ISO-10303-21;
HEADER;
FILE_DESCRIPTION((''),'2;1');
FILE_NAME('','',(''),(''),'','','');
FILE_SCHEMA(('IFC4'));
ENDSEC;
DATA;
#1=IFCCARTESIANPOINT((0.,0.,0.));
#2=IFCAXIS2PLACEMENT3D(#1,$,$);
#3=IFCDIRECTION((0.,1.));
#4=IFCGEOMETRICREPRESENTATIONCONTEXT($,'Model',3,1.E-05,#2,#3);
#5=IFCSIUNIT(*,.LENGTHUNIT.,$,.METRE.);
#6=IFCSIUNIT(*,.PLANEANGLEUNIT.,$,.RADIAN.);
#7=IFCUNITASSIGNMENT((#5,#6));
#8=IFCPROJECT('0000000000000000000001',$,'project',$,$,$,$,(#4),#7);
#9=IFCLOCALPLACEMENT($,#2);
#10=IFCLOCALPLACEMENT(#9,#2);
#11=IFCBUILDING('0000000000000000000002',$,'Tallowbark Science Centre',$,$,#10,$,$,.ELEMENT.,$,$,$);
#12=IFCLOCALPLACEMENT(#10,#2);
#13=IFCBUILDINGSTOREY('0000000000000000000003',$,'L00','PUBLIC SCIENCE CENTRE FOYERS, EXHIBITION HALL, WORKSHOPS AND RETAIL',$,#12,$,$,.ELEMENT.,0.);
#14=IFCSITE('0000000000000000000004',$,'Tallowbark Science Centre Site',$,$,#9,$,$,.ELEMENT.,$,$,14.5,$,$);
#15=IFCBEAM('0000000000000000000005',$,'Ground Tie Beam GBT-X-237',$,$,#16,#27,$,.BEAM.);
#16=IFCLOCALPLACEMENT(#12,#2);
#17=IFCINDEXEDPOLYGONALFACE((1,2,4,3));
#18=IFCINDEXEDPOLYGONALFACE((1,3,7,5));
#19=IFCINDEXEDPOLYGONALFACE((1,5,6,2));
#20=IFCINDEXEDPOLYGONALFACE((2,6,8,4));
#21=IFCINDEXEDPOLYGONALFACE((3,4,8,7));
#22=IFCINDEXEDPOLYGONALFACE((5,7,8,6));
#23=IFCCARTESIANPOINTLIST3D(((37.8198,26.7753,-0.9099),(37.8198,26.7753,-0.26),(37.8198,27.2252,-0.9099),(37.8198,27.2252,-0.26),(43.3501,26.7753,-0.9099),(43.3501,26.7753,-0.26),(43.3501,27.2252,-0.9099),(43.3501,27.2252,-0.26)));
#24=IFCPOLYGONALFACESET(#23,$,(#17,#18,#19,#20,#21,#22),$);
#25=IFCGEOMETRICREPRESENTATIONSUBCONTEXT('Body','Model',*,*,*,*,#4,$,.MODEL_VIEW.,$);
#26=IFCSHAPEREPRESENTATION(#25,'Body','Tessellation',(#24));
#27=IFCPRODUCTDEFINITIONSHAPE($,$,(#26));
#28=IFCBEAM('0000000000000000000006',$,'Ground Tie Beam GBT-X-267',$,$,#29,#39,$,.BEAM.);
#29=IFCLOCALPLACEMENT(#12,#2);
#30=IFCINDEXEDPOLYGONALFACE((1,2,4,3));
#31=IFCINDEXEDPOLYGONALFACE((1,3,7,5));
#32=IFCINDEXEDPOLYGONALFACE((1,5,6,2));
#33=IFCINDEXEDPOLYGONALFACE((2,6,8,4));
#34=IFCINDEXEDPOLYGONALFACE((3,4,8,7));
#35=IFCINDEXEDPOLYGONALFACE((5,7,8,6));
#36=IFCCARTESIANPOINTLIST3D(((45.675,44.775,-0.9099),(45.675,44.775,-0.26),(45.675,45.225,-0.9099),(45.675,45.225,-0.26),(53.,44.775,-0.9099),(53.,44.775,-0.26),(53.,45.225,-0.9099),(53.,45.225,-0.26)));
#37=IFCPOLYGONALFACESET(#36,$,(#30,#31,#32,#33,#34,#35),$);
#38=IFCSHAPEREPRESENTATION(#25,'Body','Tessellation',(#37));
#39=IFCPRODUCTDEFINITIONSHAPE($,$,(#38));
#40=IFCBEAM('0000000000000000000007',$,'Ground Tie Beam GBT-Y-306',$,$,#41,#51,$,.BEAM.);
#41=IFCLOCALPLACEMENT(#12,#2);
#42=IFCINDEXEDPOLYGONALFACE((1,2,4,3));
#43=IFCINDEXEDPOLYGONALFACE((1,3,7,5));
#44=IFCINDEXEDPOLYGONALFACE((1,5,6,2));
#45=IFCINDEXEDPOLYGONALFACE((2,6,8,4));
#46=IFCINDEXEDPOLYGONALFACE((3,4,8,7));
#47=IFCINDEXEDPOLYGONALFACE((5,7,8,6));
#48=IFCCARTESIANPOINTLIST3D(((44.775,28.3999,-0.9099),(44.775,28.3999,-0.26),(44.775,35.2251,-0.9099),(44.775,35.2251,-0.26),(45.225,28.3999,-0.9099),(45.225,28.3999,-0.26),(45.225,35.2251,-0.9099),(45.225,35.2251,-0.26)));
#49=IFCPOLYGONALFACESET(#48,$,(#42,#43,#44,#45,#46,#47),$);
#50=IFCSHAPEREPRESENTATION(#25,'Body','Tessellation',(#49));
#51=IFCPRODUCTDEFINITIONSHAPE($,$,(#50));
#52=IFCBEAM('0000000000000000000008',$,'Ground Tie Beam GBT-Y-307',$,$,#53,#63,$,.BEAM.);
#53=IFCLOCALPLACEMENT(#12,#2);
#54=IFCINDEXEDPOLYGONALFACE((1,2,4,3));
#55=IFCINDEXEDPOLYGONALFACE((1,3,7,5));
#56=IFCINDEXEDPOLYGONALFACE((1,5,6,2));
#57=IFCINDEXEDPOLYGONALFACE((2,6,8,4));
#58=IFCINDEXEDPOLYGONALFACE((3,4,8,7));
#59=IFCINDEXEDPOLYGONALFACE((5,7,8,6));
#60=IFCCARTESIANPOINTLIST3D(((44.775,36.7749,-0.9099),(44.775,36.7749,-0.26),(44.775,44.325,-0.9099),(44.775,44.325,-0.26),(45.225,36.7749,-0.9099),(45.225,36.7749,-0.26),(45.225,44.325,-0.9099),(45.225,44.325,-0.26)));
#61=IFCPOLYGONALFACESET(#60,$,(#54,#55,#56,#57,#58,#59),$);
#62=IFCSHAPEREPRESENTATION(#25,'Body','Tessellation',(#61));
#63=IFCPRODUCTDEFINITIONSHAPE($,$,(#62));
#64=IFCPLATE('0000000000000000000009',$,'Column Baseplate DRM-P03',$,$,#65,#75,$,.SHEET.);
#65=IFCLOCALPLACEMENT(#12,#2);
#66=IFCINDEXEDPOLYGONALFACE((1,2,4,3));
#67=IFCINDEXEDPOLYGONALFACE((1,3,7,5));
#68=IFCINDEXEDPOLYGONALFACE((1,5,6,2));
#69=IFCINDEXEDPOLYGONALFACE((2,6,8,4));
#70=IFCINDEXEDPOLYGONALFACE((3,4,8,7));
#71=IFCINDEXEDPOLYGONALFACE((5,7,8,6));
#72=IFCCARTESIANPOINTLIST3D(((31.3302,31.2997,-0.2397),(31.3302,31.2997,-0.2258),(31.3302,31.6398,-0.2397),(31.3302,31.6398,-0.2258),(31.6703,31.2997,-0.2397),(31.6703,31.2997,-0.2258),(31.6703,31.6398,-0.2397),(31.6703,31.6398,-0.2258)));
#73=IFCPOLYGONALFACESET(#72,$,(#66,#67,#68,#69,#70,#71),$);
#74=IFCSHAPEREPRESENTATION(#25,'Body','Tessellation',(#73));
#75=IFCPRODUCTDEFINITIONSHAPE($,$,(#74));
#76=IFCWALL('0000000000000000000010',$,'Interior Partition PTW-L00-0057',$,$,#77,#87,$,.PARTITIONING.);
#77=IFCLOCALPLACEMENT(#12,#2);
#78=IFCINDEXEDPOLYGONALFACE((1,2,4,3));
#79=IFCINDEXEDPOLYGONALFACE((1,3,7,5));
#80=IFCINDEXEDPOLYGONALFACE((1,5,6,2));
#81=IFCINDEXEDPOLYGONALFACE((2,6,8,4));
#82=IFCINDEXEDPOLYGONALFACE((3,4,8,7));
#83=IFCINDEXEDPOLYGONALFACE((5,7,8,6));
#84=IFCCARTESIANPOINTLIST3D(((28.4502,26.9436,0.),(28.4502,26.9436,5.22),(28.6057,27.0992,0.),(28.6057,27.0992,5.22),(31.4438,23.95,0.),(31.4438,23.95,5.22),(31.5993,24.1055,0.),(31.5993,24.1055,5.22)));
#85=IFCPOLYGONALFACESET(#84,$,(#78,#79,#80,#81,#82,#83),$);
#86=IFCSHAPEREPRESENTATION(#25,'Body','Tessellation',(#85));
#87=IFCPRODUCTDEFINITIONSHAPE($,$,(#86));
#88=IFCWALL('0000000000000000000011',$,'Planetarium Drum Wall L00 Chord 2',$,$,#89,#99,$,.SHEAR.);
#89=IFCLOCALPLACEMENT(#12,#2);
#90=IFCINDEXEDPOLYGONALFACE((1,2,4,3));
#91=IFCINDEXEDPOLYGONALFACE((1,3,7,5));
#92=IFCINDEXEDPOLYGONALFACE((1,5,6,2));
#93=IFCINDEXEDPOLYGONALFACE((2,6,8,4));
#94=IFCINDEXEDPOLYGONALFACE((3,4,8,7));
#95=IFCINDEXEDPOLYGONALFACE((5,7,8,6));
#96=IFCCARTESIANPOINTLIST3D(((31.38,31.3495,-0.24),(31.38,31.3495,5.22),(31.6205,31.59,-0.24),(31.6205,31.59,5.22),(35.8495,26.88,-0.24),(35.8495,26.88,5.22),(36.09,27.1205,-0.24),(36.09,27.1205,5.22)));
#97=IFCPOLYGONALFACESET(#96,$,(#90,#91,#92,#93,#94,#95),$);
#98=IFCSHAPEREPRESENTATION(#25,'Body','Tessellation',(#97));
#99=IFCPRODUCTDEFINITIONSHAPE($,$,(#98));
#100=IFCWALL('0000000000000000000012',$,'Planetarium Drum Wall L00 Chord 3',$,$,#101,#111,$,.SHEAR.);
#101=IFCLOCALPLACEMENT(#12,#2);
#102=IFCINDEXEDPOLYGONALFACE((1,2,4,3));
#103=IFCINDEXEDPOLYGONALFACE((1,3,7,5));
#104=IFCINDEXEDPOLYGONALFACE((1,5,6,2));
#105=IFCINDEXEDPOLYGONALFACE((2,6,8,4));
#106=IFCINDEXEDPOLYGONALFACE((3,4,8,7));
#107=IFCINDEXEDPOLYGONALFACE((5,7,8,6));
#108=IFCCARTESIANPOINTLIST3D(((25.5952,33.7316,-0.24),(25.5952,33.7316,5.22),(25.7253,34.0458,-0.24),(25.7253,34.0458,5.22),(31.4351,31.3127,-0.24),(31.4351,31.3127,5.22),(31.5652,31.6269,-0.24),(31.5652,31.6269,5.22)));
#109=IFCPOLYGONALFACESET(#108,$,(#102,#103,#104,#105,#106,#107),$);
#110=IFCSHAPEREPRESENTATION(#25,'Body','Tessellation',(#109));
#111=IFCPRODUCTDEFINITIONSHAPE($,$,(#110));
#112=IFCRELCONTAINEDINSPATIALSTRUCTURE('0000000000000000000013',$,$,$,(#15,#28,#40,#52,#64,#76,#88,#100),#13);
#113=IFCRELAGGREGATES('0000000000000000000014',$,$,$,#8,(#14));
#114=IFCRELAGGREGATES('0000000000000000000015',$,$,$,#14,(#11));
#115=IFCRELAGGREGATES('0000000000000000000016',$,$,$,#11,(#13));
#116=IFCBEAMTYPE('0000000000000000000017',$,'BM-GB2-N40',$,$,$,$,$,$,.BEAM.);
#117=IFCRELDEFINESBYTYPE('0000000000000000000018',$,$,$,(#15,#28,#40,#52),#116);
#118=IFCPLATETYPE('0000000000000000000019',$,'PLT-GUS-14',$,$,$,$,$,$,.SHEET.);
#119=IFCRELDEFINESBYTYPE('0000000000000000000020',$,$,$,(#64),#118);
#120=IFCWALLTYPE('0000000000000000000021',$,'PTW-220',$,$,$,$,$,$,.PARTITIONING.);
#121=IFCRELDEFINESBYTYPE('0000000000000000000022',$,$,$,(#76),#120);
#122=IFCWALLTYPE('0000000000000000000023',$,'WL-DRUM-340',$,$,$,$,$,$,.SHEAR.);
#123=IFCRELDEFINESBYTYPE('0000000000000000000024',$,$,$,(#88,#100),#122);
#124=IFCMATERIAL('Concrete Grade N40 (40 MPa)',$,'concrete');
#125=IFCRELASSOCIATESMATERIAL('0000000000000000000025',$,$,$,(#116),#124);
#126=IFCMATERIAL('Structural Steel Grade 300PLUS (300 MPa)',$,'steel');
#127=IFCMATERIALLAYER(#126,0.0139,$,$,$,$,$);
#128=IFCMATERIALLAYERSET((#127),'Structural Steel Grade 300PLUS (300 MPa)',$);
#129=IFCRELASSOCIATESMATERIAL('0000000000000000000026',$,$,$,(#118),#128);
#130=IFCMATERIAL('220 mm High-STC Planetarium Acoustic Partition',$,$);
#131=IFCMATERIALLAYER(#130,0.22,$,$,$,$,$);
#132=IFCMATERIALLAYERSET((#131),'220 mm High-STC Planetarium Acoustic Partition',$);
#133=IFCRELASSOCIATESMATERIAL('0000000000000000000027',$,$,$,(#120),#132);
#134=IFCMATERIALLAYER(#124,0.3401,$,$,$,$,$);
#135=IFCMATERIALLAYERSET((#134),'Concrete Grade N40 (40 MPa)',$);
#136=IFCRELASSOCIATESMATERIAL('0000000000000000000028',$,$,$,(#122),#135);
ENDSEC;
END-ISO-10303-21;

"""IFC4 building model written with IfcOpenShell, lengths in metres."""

from ifc_helpers import new_model, si_unit, direction, frame, frame_2d, origin, origin_2d, place, context, subcontext, project, spatial, rectangle, extrude, material, layer, layer_set, material_profile, profile_set, type_object, element, save


model = new_model("IFC4")

# Units and contexts
model_context = context("Model", 3, precision=1e-05, world=origin(), true_north=direction((0.0, 1.0)))
body_context = subcontext(model_context, "Body", "Model", "MODEL_VIEW")
ifc_project = project(units=[si_unit("LENGTHUNIT", "METRE"), si_unit("PLANEANGLEUNIT", "RADIAN")], contexts=[model_context])

# Site, building, storey
site_placement = place(None, origin())
site = spatial("IfcSite", under=ifc_project, at=site_placement, Name="Tallowbark Science Centre Site", CompositionType="ELEMENT", RefElevation=14.5)
building_placement = place(site_placement, origin())
building = spatial("IfcBuilding", under=site, at=building_placement, Name="Tallowbark Science Centre", CompositionType="ELEMENT")
storey_placement = place(building_placement, origin())
storey = spatial("IfcBuildingStorey", under=building, at=storey_placement, Name="L00", Description="PUBLIC SCIENCE CENTRE FOYERS, EXHIBITION HALL, WORKSHOPS AND RETAIL", CompositionType="ELEMENT", Elevation=0.0)

# Shared definitions
ifc_material_1 = material(Name="Concrete Grade N40 (40 MPa)", Category="concrete")

# Shared definitions
ifc_material_2 = material(Name="Structural Steel Grade 300PLUS (300 MPa)", Category="steel")

# Beams
ifc_material_profile_1 = material_profile(ifc_material_1, rectangle(XDim=0.45, YDim=0.6499, at=origin_2d()), Name="RC450x650")
ifc_profile_set_1 = profile_set([ifc_material_profile_1], Name="Concrete Grade N40 (40 MPa)")
beam_type = type_object("IfcBeamType", Name="BM-GB2-N40", PredefinedType="BEAM", material=ifc_profile_set_1)
beam_1_placement = place(storey_placement, frame((37.8198, 27.0002, -0.585), z_axis=(1.0, 0.0, 0.0), x_axis=(0.0, 1.0, 0.0)))
element("IfcBeam", 1, at=beam_1_placement, inside=storey, type_object=beam_type, Name="Ground Tie Beam GBT-X-237", PredefinedType="BEAM", context=body_context, shape_type="SweptSolid", body=[
    extrude(rectangle(XDim=0.45, YDim=0.6499, at=origin_2d()), origin(), (0.0, 0.0, 1.0), 5.5303),
])
beam_2_placement = place(storey_placement, frame((45.675, 45.0, -0.585), z_axis=(1.0, 0.0, 0.0), x_axis=(0.0, 1.0, 0.0)))
element("IfcBeam", 2, at=beam_2_placement, inside=storey, type_object=beam_type, Name="Ground Tie Beam GBT-X-267", PredefinedType="BEAM", context=body_context, shape_type="SweptSolid", body=[
    extrude(rectangle(XDim=0.45, YDim=0.6499, at=origin_2d()), origin(), (0.0, 0.0, 1.0), 7.325),
])
beam_3_placement = place(storey_placement, frame((45.0, 28.3999, -0.585), z_axis=(0.0, 1.0, 0.0), x_axis=(-1.0, 0.0, 0.0)))
element("IfcBeam", 3, at=beam_3_placement, inside=storey, type_object=beam_type, Name="Ground Tie Beam GBT-Y-306", PredefinedType="BEAM", context=body_context, shape_type="SweptSolid", body=[
    extrude(rectangle(XDim=0.45, YDim=0.6499, at=origin_2d()), origin(), (0.0, 0.0, 1.0), 6.8252),
])
beam_4_placement = place(storey_placement, frame((45.0, 36.7749, -0.585), z_axis=(0.0, 1.0, 0.0), x_axis=(-1.0, 0.0, 0.0)))
element("IfcBeam", 4, at=beam_4_placement, inside=storey, type_object=beam_type, Name="Ground Tie Beam GBT-Y-307", PredefinedType="BEAM", context=body_context, shape_type="SweptSolid", body=[
    extrude(rectangle(XDim=0.45, YDim=0.6499, at=origin_2d()), origin(), (0.0, 0.0, 1.0), 7.55),
])

# Plate
ifc_layer_1 = layer(ifc_material_2, 0.0139)
ifc_layer_set_1 = layer_set([ifc_layer_1], Name="Structural Steel Grade 300PLUS (300 MPa)")
plate_type = type_object("IfcPlateType", Name="PLT-GUS-14", PredefinedType="SHEET", material=ifc_layer_set_1)
plate_placement = place(storey_placement, frame((31.5002, 31.4697, -0.2397), z_axis=(0.0, 0.0, 1.0), x_axis=(1.0, 0.0, 0.0)))
element("IfcPlate", 5, at=plate_placement, inside=storey, type_object=plate_type, Name="Column Baseplate DRM-P03", PredefinedType="SHEET", context=body_context, shape_type="SweptSolid", body=[
    extrude(rectangle(XDim=0.3401, YDim=0.3401, at=origin_2d()), origin(), (0.0, 0.0, 1.0), 0.0139),
])

# Walls
ifc_material_3 = material(Name="220 mm High-STC Planetarium Acoustic Partition")
ifc_layer_2 = layer(ifc_material_3, 0.22)
ifc_layer_set_2 = layer_set([ifc_layer_2], Name="220 mm High-STC Planetarium Acoustic Partition")
wall_type_1 = type_object("IfcWallType", Name="PTW-220", PredefinedType="PARTITIONING", material=ifc_layer_set_2)
wall_1_placement = place(storey_placement, frame((31.5215, 24.0278, 0.0), z_axis=(0.0, 0.0, 1.0), x_axis=(-0.707107, 0.707107, 0.0)))
element("IfcWall", 6, at=wall_1_placement, inside=storey, type_object=wall_type_1, Name="Interior Partition PTW-L00-0057", PredefinedType="PARTITIONING", context=body_context, shape_type="SweptSolid", body=[
    extrude(rectangle(XDim=4.2336, YDim=0.22, at=frame_2d((2.1167, 0.0))), origin(), (0.0, 0.0, 1.0), 5.22),
])
ifc_layer_3 = layer(ifc_material_1, 0.3401)
ifc_layer_set_3 = layer_set([ifc_layer_3], Name="Concrete Grade N40 (40 MPa)")
wall_type_2 = type_object("IfcWallType", Name="WL-DRUM-340", PredefinedType="SHEAR", material=ifc_layer_set_3)
wall_2_placement = place(storey_placement, frame((35.9697, 27.0002, -0.24), z_axis=(0.0, 0.0, 1.0), x_axis=(-0.707107, 0.707107, 0.0)))
element("IfcWall", 7, at=wall_2_placement, inside=storey, type_object=wall_type_2, Name="Planetarium Drum Wall L00 Chord 2", PredefinedType="SHEAR", context=body_context, shape_type="SweptSolid", body=[
    extrude(rectangle(XDim=6.3208, YDim=0.3401, at=frame_2d((3.1604, 0.0))), origin(), (0.0, 0.0, 1.0), 5.46),
])
wall_3_placement = place(storey_placement, frame((31.5002, 31.4697, -0.24), z_axis=(0.0, 0.0, 1.0), x_axis=(-0.923879, 0.382684, 0.0)))
element("IfcWall", 8, at=wall_3_placement, inside=storey, type_object=wall_type_2, Name="Planetarium Drum Wall L00 Chord 3", PredefinedType="SHEAR", context=body_context, shape_type="SweptSolid", body=[
    extrude(rectangle(XDim=6.321, YDim=0.3401, at=frame_2d((3.1606, 0.0))), origin(), (0.0, 0.0, 1.0), 5.46),
])

save(model, "model.ifc")
